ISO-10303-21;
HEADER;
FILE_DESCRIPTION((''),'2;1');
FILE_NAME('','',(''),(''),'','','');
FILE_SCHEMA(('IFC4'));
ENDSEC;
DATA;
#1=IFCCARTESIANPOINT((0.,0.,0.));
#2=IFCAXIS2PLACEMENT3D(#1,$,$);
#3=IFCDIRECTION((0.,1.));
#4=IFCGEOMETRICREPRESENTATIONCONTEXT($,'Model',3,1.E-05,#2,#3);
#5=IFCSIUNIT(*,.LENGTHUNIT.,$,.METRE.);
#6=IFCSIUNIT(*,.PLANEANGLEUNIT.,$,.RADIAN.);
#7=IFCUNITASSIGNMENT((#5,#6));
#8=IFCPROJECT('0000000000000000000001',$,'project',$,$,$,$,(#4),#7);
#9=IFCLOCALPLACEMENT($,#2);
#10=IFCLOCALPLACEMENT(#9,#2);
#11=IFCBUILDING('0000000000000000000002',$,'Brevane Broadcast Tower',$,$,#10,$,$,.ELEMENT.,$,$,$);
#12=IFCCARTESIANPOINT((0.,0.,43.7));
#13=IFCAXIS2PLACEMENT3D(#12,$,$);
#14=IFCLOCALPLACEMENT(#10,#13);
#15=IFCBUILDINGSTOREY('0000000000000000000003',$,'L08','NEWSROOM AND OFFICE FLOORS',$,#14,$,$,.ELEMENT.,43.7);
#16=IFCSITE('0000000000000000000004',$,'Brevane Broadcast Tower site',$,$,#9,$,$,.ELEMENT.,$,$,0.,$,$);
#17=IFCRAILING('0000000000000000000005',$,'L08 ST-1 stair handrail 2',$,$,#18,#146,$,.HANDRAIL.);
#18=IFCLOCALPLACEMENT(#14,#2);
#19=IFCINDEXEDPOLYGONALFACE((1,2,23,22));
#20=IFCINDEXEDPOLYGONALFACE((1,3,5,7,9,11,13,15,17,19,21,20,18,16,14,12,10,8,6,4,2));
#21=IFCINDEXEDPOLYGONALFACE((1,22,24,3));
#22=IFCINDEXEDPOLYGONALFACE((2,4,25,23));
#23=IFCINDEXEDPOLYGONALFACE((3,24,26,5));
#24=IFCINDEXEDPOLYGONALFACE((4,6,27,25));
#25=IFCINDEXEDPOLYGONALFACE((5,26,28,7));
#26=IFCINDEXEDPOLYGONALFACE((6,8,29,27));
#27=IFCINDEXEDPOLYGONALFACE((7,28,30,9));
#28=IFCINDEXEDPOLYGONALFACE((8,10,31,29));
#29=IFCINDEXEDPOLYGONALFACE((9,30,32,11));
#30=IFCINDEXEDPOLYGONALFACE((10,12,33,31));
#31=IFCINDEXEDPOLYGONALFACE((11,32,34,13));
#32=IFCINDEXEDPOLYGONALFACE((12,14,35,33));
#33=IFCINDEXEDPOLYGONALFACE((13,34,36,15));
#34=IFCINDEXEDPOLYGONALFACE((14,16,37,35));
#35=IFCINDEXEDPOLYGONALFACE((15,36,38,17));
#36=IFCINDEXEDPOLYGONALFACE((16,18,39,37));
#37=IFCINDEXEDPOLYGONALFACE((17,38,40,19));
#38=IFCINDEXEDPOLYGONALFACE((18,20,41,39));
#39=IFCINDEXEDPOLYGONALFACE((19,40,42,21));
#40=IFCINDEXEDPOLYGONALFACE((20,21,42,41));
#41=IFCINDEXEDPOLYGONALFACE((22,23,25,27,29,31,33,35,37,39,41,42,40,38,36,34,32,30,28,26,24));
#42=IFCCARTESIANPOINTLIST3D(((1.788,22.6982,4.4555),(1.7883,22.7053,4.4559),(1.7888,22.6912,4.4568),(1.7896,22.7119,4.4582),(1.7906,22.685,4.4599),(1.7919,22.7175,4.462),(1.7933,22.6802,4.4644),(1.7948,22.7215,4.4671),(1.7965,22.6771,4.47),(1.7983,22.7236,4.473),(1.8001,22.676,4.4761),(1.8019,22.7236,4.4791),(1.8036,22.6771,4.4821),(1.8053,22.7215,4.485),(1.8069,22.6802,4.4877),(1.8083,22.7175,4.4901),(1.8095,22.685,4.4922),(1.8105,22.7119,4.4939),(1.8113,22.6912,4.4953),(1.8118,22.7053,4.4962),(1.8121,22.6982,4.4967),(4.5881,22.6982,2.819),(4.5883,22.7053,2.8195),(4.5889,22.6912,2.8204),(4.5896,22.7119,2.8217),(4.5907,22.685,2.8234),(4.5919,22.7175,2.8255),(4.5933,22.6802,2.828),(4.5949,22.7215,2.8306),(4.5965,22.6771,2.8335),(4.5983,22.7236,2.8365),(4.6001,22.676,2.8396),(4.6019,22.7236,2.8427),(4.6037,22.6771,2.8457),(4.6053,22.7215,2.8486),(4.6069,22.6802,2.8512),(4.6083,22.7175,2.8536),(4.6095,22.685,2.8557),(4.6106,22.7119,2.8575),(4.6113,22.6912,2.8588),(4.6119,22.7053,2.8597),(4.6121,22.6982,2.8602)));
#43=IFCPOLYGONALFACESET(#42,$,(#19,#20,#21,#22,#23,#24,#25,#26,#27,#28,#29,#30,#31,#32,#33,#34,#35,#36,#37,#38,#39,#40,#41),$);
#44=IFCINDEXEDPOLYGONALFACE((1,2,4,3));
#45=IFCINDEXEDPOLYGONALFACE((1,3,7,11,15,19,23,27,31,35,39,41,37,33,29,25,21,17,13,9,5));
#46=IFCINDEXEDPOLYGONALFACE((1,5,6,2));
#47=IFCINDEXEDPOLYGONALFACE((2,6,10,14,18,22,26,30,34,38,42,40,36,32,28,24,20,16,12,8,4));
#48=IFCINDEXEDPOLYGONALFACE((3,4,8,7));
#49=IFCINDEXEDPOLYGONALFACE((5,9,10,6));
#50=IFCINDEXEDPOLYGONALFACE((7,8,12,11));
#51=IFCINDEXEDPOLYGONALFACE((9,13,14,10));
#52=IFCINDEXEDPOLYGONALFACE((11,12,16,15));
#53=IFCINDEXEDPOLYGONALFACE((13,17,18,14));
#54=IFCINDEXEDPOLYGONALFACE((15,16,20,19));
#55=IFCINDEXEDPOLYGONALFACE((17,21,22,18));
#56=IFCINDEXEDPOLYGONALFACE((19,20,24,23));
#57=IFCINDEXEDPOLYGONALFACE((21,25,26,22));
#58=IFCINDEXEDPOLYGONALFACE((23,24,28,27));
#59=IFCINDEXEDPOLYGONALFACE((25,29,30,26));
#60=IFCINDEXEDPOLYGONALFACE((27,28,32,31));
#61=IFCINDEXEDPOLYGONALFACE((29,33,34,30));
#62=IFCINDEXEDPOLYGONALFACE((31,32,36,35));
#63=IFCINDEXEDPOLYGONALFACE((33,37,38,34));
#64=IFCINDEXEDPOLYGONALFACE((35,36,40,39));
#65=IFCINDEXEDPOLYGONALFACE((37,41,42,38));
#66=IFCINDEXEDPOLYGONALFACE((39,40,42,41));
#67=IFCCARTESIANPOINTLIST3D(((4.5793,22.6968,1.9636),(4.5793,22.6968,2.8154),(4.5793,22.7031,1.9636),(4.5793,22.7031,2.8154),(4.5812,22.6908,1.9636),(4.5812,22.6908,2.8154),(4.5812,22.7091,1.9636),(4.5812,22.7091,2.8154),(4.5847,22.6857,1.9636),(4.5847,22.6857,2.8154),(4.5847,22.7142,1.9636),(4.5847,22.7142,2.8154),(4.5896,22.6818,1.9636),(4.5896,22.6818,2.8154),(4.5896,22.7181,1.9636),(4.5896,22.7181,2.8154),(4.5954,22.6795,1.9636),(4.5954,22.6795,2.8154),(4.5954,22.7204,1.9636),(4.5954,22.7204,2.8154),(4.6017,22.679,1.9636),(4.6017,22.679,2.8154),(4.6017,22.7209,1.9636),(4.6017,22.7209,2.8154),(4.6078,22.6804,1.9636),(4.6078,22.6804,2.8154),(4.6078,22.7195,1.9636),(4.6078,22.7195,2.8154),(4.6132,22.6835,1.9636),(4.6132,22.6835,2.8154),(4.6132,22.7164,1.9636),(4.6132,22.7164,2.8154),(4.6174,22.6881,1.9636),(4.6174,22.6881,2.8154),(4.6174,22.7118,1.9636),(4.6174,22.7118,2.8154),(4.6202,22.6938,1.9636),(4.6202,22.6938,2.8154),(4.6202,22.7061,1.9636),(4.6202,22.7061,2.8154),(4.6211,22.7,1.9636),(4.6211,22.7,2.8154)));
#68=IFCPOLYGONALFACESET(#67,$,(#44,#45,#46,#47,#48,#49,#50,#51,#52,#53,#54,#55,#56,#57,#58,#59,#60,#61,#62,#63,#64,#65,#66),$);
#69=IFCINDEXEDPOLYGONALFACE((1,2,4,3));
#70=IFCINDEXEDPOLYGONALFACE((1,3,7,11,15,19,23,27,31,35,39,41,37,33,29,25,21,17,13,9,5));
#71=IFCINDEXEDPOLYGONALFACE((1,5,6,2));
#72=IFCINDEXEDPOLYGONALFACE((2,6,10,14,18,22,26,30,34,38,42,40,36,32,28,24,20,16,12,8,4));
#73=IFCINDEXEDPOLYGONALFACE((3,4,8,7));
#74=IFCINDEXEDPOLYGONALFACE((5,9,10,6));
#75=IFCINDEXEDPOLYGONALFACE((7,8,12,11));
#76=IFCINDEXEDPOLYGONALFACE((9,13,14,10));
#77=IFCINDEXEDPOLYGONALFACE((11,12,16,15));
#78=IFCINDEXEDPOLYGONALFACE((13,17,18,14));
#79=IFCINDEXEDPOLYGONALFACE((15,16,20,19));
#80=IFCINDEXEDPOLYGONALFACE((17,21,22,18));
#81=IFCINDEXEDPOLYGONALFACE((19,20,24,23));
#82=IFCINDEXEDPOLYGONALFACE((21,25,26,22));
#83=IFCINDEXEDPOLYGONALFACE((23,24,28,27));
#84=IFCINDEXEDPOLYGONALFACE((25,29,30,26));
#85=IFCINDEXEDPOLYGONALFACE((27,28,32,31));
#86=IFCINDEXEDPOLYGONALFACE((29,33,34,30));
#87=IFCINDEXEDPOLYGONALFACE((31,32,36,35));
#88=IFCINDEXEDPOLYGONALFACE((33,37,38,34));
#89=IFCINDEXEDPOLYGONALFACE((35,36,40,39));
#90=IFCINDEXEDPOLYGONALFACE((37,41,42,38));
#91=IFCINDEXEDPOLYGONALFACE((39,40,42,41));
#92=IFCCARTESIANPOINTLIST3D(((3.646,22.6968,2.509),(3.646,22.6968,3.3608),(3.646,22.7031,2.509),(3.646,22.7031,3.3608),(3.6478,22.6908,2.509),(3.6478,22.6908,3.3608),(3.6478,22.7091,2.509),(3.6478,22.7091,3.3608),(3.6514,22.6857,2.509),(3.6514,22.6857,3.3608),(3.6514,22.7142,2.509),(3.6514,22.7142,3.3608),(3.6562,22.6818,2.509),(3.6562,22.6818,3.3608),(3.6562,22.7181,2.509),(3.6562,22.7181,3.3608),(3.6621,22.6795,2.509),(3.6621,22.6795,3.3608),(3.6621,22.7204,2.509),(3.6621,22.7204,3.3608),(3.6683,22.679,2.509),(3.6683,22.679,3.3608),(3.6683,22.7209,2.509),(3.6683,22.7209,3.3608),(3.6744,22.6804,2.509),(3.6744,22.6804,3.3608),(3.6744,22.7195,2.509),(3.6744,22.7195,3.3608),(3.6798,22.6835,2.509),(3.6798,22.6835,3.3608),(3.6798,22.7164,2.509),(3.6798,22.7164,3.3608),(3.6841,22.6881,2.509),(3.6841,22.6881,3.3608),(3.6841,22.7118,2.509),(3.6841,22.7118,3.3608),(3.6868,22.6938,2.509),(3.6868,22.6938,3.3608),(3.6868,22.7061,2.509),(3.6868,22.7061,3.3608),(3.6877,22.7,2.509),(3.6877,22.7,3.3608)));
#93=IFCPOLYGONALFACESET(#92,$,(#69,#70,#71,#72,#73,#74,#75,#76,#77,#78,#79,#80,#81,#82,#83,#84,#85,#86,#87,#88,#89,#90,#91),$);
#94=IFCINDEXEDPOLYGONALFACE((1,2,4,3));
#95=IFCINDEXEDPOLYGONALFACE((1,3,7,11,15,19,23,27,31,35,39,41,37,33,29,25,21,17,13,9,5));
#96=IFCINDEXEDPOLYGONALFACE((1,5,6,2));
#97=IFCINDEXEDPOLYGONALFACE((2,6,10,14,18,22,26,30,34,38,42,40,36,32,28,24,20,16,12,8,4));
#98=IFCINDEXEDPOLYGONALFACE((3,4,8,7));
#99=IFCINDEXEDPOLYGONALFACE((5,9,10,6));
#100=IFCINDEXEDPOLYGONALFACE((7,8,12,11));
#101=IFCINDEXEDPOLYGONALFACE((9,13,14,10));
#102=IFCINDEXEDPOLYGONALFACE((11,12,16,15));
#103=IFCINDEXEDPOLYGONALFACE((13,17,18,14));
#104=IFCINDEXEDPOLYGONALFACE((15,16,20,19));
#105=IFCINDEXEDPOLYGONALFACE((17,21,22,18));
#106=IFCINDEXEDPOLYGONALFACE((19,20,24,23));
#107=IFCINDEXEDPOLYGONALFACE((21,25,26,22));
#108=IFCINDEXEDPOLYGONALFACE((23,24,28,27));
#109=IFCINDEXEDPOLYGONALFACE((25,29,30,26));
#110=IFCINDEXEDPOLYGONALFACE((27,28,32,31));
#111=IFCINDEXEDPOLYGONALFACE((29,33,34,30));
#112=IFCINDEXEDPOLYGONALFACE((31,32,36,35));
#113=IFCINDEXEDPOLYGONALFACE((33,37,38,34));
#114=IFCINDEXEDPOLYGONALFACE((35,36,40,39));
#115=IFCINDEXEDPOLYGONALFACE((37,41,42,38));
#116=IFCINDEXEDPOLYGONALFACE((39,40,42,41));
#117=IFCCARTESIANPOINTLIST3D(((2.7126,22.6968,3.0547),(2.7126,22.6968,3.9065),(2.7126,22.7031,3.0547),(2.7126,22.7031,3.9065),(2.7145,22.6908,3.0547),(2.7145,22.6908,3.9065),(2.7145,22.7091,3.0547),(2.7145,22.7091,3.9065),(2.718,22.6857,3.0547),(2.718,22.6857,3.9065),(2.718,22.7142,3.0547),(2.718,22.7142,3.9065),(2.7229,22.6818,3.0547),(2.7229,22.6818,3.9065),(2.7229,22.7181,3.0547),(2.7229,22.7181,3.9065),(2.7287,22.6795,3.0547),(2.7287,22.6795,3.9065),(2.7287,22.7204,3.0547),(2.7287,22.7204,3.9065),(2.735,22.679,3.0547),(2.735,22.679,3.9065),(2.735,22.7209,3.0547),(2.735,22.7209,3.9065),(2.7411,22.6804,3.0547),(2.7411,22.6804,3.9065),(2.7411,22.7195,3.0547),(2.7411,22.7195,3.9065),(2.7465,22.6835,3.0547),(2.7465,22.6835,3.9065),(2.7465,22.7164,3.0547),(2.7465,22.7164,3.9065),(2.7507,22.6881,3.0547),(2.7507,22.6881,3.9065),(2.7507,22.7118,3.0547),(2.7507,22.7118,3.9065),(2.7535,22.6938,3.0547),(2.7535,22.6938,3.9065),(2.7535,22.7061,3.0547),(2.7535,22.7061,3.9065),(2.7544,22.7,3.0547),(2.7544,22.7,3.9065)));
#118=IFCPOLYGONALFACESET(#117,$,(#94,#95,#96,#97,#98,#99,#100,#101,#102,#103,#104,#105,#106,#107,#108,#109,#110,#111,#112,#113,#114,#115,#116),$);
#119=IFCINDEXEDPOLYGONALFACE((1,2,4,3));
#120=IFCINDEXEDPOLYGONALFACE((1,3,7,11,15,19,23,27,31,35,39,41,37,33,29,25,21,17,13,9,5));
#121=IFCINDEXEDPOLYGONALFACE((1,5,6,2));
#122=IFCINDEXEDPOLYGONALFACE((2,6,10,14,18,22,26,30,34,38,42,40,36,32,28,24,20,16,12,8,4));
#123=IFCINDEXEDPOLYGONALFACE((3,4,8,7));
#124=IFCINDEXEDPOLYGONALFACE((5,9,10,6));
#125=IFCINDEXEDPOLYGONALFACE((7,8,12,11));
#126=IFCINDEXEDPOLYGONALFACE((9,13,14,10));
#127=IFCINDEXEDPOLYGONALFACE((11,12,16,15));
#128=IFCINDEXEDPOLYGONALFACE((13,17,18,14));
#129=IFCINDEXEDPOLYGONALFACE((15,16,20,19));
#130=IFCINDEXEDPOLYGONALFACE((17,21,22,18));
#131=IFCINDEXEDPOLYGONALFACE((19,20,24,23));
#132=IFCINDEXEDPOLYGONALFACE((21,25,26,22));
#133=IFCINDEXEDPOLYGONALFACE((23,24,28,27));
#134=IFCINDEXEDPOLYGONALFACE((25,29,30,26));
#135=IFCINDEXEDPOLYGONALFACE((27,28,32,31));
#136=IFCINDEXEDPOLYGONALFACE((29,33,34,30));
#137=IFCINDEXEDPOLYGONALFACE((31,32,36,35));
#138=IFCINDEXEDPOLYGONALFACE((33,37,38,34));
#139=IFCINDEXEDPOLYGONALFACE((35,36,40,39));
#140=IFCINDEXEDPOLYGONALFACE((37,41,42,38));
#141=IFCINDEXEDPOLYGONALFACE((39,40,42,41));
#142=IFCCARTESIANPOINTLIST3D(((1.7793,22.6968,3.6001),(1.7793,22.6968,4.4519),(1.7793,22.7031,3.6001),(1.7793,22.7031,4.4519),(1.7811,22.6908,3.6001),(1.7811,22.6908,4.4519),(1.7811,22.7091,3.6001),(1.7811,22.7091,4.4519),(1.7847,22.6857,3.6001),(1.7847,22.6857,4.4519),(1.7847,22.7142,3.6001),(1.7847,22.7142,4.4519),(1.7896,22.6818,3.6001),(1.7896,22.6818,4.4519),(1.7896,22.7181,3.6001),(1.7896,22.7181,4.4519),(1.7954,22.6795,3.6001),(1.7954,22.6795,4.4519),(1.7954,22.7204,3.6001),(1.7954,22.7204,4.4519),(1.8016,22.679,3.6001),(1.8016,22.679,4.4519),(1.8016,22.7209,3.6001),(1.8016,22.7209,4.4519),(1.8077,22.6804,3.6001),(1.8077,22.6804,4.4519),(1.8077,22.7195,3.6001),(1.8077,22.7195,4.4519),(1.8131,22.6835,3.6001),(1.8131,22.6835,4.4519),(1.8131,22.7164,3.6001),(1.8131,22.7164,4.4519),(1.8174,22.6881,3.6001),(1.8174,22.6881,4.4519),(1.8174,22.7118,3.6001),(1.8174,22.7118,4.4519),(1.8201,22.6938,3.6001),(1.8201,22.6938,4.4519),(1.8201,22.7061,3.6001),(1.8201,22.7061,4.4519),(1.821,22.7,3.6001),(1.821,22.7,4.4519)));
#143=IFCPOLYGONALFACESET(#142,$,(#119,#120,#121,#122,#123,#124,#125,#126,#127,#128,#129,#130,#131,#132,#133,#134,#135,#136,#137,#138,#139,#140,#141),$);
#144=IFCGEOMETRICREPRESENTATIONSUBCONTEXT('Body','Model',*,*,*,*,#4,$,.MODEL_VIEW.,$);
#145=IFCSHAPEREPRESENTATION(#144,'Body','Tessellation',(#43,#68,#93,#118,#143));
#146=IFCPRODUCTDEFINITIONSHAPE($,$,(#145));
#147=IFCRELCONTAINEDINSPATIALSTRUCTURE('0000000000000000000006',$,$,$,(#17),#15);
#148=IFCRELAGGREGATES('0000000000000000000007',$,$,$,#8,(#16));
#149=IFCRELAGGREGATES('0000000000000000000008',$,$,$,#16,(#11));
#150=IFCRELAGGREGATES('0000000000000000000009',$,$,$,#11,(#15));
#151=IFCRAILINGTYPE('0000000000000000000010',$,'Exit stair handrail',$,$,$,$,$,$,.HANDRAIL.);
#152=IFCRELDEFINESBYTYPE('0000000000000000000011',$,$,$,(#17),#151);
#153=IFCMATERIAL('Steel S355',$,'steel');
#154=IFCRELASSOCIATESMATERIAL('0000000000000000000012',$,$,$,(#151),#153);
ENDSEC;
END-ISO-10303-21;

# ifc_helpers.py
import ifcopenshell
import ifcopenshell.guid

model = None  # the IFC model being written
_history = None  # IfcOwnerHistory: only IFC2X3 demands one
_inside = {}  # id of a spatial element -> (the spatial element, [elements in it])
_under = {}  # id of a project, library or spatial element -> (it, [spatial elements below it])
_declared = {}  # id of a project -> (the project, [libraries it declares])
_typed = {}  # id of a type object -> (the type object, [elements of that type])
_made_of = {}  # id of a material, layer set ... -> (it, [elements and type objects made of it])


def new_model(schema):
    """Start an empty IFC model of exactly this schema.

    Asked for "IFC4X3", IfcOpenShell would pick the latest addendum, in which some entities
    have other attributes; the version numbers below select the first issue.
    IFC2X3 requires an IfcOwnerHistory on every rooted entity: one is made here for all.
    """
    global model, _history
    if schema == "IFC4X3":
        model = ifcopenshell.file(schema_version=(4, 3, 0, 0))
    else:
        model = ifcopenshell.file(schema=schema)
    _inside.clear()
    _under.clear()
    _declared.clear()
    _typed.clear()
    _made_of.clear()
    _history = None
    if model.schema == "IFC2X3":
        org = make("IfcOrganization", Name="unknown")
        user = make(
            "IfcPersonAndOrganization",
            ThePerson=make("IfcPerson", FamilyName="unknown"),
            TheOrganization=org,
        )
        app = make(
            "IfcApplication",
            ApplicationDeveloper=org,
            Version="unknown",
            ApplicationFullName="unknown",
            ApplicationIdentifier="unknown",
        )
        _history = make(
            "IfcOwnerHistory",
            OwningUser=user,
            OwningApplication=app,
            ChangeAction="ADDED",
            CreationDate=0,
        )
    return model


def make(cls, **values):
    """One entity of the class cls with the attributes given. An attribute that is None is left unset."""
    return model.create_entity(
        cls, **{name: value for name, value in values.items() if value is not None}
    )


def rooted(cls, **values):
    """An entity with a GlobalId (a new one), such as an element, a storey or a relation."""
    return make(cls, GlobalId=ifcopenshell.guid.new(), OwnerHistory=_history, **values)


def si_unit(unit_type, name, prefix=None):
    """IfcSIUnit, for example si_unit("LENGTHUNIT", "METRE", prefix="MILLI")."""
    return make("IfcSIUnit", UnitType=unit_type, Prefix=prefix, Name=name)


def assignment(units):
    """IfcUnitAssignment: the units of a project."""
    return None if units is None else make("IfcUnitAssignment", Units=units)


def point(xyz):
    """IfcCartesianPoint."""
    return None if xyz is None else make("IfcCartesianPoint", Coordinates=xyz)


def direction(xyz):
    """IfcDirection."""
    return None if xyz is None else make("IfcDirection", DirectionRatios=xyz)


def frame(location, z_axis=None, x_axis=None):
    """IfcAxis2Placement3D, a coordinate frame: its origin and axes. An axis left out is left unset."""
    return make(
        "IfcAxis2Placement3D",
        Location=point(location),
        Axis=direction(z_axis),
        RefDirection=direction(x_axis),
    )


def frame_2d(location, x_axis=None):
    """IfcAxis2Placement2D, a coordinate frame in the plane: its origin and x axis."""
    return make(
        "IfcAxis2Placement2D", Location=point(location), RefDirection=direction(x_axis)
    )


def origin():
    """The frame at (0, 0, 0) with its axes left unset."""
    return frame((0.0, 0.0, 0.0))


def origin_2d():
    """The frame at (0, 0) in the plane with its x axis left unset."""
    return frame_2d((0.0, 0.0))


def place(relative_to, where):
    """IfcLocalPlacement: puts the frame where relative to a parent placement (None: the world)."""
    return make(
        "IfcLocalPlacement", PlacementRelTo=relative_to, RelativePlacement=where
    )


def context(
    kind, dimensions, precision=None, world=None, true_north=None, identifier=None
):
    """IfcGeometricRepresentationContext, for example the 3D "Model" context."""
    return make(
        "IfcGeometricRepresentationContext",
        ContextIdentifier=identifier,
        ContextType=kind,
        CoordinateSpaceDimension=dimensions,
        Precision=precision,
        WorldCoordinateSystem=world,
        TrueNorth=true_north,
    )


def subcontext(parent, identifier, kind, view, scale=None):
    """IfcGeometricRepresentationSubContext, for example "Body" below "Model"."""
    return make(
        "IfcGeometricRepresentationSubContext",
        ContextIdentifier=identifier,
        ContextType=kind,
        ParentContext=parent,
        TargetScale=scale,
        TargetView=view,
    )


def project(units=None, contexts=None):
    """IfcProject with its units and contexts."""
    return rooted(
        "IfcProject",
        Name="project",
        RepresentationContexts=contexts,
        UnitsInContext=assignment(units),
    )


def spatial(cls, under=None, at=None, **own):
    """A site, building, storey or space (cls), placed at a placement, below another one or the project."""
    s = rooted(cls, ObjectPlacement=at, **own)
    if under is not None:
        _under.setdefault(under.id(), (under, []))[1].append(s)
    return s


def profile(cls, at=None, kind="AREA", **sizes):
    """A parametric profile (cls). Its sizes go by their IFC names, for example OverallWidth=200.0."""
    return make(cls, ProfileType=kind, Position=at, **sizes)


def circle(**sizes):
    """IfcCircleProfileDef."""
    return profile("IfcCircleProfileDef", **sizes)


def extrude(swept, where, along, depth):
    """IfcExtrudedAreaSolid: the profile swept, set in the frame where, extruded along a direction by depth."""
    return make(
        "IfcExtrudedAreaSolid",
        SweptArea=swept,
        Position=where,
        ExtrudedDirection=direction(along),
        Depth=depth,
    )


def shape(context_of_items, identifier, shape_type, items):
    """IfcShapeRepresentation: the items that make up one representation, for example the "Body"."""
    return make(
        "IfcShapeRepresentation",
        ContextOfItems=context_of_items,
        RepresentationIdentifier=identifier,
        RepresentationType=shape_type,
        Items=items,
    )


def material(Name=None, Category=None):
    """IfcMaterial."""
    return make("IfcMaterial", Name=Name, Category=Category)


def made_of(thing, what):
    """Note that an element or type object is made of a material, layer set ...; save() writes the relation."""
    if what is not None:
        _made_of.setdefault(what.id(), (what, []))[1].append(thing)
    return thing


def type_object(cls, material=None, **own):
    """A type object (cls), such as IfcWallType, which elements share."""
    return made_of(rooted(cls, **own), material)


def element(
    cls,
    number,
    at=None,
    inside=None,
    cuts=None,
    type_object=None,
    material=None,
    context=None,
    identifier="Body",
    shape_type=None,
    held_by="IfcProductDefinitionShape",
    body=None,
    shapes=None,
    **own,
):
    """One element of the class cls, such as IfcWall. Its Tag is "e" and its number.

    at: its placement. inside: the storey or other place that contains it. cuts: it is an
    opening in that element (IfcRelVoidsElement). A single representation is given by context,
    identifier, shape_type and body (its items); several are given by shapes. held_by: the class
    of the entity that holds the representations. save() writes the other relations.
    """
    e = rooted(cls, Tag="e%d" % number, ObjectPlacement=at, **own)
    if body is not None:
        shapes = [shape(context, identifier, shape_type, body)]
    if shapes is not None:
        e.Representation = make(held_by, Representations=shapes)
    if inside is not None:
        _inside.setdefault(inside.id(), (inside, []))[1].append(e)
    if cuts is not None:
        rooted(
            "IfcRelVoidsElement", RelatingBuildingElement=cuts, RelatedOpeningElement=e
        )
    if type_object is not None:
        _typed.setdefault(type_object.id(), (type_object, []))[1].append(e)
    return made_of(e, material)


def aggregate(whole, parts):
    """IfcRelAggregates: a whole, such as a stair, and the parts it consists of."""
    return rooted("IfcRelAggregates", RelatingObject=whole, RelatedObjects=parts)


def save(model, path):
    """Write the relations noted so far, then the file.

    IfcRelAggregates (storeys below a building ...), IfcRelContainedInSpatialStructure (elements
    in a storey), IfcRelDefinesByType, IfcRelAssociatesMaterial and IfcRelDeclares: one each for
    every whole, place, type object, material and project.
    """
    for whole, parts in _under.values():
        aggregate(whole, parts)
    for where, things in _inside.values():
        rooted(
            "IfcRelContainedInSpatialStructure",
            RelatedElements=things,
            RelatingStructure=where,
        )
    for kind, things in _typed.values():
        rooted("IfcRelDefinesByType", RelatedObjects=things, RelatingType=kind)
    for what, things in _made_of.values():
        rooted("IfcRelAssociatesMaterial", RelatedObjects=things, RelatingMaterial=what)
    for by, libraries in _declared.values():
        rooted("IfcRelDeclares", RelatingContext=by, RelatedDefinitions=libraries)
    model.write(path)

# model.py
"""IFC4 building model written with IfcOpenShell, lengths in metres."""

from ifc_helpers import new_model, si_unit, direction, frame, origin, origin_2d, place, context, subcontext, project, spatial, circle, extrude, material, type_object, element, save


model = new_model("IFC4")

# Units and contexts
model_context = context("Model", 3, precision=1e-05, world=origin(), true_north=direction((0.0, 1.0)))
body_context = subcontext(model_context, "Body", "Model", "MODEL_VIEW")
ifc_project = project(units=[si_unit("LENGTHUNIT", "METRE"), si_unit("PLANEANGLEUNIT", "RADIAN")], contexts=[model_context])

# Site, building, storey
site_placement = place(None, origin())
site = spatial("IfcSite", under=ifc_project, at=site_placement, Name="Brevane Broadcast Tower site", CompositionType="ELEMENT", RefElevation=0.0)
building_placement = place(site_placement, origin())
building = spatial("IfcBuilding", under=site, at=building_placement, Name="Brevane Broadcast Tower", CompositionType="ELEMENT")
storey_placement = place(building_placement, frame((0.0, 0.0, 43.7)))
storey = spatial("IfcBuildingStorey", under=building, at=storey_placement, Name="L08", Description="NEWSROOM AND OFFICE FLOORS", CompositionType="ELEMENT", Elevation=43.7)

# Railing
ifc_material_1 = material(Name="Steel S355", Category="steel")
railing_type_1 = type_object("IfcRailingType", Name="Exit stair handrail", PredefinedType="HANDRAIL", material=ifc_material_1)
railing_1_placement = place(storey_placement, frame((4.6001, 22.7, 1.9636)))
element("IfcRailing", 1, at=railing_1_placement, inside=storey, type_object=railing_type_1, Name="L08 ST-1 stair handrail 2", PredefinedType="HANDRAIL", context=body_context, shape_type="SweptSolid", body=[
    extrude(circle(Radius=0.0239, at=origin_2d()), frame((0.0, 0.0, 0.876), z_axis=(-0.863361, 0.0, 0.504587), x_axis=(0.0, -1.0, 0.0)), (0.0, 0.0, 1.0), 3.2432),
    extrude(circle(Radius=0.021, at=origin_2d()), origin(), (0.0, 0.0, 1.0), 0.8518),
    extrude(circle(Radius=0.021, at=origin_2d()), frame((-0.9333, 0.0, 0.5454)), (0.0, 0.0, 1.0), 0.8518),
    extrude(circle(Radius=0.021, at=origin_2d()), frame((-1.8667, 0.0, 1.0911)), (0.0, 0.0, 1.0), 0.8518),
    extrude(circle(Radius=0.021, at=origin_2d()), frame((-2.8, 0.0, 1.6365)), (0.0, 0.0, 1.0), 0.8518),
])

save(model, "model.ifc")
